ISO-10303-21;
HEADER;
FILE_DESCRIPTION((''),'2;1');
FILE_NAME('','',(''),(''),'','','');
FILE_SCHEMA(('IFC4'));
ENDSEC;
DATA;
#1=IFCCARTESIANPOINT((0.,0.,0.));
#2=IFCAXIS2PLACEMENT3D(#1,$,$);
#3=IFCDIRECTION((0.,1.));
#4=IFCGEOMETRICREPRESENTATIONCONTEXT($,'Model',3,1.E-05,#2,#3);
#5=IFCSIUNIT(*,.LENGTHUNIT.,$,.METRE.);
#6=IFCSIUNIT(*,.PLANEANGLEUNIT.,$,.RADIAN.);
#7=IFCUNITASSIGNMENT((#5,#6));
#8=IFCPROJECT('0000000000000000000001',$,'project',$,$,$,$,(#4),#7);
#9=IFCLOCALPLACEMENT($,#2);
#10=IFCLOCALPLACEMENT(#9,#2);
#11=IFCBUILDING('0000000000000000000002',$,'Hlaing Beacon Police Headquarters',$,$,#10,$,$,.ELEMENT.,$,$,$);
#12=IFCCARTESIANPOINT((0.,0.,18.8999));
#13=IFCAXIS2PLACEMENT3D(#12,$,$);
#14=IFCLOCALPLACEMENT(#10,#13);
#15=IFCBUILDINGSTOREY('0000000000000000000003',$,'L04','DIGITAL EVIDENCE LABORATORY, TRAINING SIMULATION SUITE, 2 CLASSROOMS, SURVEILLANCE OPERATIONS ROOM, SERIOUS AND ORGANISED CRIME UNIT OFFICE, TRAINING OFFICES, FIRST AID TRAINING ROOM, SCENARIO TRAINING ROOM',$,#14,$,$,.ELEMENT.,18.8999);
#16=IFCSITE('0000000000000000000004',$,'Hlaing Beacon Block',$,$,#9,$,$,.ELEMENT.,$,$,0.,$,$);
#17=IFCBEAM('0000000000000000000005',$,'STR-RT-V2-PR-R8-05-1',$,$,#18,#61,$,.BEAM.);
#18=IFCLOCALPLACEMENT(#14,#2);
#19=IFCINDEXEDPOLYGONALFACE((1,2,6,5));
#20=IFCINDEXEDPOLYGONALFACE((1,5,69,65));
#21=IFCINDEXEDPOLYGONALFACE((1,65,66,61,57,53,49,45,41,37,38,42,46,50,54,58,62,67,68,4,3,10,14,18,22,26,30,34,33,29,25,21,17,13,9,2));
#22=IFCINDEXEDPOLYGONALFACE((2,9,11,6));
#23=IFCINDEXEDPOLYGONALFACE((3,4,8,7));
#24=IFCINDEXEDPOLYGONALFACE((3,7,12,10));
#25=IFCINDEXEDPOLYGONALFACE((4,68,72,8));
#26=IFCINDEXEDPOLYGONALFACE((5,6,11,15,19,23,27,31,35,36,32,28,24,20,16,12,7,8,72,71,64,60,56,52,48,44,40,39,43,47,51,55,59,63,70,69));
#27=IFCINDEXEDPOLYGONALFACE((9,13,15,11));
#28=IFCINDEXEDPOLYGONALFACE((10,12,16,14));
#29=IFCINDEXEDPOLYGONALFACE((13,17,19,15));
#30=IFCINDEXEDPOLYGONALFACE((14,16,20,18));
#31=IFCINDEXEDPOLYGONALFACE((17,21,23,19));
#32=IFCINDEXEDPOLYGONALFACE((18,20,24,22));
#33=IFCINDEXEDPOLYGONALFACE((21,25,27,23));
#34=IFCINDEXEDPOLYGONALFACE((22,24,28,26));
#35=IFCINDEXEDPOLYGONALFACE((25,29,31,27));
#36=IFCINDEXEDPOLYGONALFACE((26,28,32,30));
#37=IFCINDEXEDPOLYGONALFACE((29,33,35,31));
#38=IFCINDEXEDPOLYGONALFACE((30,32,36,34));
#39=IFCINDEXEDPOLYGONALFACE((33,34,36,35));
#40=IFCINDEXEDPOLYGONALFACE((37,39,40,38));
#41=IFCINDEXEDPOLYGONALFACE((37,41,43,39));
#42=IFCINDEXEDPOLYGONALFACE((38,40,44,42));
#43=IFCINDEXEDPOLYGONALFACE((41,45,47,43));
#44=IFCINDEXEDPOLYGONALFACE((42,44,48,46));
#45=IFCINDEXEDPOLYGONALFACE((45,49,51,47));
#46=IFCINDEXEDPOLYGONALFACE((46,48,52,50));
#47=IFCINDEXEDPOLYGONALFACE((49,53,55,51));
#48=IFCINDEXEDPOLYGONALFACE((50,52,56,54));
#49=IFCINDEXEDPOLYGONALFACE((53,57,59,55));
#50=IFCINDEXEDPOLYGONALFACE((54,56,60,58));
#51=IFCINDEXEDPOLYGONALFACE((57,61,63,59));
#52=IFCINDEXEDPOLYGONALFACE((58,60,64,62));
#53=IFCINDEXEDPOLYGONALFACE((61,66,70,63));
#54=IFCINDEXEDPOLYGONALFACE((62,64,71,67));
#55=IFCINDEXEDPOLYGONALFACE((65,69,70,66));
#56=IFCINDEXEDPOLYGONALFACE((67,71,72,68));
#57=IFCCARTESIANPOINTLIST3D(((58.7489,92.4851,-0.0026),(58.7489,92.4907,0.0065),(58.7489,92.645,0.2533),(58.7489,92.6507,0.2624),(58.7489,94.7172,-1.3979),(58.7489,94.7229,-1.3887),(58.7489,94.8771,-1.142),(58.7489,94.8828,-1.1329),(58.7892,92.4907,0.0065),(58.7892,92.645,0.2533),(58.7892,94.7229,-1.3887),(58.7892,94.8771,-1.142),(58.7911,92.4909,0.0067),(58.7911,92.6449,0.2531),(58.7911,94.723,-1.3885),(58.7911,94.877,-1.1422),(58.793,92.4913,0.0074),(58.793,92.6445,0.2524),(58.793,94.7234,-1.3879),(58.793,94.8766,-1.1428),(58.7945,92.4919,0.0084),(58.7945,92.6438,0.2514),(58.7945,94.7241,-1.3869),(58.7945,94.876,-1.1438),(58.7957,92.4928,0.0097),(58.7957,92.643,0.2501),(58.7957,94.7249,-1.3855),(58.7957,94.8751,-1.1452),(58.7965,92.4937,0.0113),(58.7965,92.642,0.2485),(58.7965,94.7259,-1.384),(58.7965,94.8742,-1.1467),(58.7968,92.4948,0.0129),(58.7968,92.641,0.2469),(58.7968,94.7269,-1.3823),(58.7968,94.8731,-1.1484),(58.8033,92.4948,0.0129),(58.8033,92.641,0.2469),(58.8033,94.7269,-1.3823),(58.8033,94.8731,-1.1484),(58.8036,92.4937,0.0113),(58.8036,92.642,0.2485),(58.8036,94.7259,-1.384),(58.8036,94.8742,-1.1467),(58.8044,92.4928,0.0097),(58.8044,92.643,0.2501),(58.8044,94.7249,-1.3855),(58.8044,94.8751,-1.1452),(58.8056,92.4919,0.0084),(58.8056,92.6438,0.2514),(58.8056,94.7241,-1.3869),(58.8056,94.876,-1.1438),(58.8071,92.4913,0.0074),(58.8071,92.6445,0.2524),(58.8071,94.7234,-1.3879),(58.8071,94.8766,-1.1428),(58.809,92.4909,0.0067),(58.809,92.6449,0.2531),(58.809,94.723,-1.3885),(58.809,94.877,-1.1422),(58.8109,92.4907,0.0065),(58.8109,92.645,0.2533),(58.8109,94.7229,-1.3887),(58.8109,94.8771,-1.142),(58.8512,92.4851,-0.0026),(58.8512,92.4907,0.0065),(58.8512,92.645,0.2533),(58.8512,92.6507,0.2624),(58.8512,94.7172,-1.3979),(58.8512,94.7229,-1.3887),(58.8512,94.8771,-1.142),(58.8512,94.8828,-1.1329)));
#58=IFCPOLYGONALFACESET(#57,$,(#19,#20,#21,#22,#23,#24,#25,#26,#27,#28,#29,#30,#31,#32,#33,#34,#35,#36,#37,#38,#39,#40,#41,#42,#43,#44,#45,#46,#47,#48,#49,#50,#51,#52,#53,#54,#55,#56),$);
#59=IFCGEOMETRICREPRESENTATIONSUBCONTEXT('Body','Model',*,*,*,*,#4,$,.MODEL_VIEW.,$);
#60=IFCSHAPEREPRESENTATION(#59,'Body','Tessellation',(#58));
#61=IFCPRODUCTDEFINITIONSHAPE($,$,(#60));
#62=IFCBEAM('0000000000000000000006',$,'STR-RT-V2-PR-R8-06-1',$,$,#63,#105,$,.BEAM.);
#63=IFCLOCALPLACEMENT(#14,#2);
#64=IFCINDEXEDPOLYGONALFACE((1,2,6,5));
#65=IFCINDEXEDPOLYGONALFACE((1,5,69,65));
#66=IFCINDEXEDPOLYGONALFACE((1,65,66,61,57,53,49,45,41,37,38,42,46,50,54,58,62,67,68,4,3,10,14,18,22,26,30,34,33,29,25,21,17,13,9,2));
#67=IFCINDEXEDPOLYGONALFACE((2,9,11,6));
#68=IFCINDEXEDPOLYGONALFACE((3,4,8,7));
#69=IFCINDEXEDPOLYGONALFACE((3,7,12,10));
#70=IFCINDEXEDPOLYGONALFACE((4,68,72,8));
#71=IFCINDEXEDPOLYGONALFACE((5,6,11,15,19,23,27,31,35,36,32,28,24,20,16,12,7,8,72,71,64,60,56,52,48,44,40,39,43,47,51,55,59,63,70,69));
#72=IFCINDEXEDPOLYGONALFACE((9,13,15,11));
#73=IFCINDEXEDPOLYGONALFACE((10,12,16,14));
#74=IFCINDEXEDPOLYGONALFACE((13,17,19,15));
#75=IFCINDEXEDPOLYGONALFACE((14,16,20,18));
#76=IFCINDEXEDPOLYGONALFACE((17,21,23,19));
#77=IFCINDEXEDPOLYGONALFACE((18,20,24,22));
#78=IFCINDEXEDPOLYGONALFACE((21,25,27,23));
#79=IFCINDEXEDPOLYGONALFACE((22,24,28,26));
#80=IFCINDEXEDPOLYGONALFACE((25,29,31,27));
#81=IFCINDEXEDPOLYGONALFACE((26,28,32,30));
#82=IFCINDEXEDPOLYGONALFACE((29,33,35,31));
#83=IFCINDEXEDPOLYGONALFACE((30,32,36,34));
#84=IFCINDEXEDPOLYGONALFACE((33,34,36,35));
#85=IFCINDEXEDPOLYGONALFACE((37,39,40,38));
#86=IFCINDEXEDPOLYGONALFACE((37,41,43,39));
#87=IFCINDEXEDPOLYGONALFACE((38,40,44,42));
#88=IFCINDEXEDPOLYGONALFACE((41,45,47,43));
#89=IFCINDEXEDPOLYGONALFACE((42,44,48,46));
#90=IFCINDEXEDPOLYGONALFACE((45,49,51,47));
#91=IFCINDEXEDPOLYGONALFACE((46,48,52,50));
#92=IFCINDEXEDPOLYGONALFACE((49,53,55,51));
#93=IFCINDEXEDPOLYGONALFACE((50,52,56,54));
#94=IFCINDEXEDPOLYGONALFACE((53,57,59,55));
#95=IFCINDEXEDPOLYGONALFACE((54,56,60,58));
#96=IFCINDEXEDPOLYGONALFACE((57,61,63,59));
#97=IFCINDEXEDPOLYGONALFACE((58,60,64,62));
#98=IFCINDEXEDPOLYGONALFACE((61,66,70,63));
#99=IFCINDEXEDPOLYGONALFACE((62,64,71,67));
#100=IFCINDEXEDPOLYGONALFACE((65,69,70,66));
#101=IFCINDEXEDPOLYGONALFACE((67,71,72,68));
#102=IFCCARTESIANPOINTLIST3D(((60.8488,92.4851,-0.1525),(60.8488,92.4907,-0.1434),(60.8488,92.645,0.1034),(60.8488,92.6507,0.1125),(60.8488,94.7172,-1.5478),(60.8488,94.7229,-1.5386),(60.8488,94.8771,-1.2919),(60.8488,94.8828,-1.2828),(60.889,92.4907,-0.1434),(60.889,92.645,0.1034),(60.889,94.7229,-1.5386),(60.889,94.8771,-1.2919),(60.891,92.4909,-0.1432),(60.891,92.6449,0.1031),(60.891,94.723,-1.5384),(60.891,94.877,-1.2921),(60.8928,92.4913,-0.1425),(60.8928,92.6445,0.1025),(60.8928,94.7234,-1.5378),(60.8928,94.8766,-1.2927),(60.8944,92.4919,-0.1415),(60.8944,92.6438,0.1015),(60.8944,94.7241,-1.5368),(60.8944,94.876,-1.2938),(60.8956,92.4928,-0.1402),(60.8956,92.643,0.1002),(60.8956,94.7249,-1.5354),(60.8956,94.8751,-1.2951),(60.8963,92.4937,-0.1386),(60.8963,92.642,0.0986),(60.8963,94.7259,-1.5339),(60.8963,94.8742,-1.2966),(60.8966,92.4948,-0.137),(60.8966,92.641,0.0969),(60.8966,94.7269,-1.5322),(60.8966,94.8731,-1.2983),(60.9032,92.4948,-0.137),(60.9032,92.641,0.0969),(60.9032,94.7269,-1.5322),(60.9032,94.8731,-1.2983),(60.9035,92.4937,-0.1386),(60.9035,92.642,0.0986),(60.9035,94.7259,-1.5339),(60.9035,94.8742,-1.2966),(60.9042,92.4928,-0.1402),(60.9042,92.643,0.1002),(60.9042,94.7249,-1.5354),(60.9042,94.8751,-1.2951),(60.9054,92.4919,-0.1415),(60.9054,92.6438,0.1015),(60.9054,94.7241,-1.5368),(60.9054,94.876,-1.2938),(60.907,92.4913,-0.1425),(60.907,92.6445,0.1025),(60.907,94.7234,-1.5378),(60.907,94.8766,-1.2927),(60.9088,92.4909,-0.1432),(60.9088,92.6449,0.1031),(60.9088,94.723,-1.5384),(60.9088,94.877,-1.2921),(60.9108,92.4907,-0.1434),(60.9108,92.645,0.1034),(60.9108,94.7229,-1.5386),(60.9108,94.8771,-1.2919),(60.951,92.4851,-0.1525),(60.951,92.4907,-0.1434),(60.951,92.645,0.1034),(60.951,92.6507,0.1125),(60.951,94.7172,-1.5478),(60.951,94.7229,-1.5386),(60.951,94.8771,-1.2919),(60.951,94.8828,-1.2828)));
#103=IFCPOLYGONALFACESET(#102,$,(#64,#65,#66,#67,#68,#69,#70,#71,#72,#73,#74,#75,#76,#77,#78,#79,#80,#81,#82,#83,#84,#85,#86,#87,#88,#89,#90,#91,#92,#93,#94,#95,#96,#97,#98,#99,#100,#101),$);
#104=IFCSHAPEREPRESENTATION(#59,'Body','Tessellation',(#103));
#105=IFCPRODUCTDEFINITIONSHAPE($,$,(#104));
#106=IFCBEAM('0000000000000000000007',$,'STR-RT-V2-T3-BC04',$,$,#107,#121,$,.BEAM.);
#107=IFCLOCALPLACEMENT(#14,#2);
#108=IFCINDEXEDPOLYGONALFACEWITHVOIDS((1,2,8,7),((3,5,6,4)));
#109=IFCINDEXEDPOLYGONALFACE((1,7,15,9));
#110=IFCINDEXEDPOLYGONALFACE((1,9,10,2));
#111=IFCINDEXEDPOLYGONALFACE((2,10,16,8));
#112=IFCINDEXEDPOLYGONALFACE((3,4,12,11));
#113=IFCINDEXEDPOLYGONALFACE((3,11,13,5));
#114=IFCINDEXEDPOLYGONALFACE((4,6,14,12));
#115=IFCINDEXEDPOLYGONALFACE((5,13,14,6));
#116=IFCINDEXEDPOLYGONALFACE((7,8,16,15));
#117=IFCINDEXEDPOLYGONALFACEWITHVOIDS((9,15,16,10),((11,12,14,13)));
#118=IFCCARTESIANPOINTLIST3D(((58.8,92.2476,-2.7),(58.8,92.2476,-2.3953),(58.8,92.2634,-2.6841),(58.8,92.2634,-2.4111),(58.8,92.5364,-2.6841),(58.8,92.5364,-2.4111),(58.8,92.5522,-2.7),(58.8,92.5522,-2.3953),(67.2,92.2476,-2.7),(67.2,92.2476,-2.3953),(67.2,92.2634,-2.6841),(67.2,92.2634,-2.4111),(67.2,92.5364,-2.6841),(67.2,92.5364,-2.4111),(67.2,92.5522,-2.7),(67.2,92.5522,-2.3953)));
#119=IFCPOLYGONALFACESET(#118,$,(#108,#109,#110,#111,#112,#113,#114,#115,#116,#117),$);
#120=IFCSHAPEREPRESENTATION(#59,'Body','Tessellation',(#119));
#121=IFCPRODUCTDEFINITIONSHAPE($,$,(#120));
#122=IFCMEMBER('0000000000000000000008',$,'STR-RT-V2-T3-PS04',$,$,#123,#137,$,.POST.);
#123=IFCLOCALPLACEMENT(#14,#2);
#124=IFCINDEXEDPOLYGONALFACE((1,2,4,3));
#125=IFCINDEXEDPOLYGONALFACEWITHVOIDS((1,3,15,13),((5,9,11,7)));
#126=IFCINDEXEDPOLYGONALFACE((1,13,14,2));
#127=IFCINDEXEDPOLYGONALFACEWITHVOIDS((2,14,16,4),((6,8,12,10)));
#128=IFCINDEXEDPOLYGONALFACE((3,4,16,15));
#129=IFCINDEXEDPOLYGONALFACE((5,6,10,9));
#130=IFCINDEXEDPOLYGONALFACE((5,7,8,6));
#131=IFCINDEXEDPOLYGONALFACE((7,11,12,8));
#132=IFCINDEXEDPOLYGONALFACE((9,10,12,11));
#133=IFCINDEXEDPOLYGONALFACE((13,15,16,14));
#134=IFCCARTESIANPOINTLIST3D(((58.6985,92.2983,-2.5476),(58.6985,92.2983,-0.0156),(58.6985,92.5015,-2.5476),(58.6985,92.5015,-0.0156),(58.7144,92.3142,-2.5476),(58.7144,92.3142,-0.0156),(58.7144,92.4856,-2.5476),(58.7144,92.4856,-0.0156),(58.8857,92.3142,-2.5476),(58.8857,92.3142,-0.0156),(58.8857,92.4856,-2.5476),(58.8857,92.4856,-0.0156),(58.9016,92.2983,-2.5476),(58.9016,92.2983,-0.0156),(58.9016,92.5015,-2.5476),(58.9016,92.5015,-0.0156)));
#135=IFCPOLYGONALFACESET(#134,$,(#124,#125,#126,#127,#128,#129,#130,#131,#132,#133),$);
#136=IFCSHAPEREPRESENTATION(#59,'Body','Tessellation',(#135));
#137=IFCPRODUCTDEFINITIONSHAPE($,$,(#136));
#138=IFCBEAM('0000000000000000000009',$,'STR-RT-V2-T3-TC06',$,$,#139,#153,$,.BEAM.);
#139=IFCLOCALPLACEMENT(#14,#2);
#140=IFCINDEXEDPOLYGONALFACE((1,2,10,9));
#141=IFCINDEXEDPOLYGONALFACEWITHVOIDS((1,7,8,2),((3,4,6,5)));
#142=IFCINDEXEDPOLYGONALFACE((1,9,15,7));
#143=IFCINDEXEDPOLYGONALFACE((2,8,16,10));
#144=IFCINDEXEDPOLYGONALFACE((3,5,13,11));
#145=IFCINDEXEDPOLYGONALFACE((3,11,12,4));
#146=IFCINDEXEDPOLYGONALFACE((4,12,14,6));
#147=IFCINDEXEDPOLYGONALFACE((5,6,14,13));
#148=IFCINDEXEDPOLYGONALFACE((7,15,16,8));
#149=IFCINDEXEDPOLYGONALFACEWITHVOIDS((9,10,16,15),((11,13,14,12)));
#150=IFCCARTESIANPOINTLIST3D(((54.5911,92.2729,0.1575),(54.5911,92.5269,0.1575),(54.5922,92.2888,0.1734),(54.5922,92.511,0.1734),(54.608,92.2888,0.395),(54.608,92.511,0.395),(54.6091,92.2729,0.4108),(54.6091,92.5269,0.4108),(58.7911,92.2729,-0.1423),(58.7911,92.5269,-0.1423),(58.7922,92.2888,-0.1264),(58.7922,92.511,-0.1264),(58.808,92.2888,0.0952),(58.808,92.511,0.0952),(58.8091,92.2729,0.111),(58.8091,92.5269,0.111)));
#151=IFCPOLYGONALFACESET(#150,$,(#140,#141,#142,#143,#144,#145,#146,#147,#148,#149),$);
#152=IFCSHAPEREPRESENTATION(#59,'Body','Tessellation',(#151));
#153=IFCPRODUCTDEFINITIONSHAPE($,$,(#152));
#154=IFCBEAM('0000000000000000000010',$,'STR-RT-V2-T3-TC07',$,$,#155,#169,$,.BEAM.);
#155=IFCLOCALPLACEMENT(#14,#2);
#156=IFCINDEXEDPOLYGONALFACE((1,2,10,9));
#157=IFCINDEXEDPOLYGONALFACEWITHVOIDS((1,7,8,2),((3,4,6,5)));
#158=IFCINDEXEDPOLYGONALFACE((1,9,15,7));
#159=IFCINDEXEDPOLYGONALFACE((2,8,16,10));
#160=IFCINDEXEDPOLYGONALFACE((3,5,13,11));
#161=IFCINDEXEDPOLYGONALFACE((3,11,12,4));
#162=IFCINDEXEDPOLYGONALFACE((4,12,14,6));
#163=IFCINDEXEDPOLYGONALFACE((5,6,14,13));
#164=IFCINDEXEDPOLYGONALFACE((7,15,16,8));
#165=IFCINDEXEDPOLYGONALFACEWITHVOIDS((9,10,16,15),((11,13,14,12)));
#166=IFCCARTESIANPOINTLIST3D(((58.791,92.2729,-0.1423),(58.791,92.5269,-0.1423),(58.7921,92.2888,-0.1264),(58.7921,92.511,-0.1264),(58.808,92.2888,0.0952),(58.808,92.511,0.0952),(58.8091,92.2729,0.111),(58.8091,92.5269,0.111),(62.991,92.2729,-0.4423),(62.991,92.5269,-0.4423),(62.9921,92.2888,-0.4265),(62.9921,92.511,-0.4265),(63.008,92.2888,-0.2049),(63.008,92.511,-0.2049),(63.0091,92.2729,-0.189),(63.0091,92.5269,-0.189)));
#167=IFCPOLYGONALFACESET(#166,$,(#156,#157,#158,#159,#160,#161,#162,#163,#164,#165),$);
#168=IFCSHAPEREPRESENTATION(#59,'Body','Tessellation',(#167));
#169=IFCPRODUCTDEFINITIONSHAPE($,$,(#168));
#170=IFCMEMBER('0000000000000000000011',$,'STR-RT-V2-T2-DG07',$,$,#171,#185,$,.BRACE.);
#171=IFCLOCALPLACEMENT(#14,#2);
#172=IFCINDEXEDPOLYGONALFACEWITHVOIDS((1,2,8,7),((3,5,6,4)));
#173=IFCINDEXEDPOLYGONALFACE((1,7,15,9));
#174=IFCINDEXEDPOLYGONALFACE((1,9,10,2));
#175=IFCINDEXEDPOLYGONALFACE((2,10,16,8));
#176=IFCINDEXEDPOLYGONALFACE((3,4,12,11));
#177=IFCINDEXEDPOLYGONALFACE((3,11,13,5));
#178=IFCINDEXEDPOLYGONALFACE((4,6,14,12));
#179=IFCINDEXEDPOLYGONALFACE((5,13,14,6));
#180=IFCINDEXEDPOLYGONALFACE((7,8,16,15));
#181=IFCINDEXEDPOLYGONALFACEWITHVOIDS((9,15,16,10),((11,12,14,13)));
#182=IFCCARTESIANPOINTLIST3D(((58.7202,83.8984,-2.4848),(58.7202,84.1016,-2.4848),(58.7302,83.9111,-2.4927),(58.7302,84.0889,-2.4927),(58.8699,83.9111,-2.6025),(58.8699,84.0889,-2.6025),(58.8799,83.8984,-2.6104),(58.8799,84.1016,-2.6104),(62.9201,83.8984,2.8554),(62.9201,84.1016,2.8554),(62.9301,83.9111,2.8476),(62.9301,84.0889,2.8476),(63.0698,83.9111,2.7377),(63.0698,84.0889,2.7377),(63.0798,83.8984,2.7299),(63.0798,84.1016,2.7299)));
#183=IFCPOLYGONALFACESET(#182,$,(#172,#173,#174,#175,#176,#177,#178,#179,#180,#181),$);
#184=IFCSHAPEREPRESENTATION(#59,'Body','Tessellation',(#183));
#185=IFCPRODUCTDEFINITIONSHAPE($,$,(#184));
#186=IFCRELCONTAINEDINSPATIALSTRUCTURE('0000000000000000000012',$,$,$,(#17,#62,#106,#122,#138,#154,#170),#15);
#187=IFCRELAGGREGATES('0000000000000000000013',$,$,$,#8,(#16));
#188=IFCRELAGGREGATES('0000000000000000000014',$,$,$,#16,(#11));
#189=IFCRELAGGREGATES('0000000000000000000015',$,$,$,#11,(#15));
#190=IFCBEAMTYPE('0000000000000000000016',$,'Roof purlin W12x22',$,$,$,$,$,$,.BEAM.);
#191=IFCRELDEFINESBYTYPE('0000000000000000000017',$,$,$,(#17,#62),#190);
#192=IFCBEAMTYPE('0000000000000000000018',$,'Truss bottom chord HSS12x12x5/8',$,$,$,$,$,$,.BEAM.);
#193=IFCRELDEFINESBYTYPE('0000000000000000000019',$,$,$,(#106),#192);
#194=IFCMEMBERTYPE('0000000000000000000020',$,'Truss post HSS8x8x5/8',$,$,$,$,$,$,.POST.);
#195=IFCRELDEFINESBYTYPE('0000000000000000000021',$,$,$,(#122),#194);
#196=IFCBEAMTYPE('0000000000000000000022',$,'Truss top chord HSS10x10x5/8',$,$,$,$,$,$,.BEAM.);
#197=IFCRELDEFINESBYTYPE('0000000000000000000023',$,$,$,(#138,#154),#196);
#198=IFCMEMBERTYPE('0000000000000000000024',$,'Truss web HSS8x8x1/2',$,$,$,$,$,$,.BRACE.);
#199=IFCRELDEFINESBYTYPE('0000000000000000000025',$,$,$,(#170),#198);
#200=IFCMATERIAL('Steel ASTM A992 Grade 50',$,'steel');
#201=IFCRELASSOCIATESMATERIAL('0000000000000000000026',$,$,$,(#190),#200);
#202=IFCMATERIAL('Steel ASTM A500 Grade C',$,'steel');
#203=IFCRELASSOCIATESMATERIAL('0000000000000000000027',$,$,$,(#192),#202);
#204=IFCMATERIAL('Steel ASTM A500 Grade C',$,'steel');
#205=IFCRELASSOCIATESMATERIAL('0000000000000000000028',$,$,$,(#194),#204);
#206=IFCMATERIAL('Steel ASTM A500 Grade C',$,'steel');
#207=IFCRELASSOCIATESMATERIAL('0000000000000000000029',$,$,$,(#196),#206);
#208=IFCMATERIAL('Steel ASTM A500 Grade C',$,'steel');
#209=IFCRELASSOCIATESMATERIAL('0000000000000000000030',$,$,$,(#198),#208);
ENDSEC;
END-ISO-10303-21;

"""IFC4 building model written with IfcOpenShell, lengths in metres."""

from ifc_helpers import new_model, si_unit, direction, frame, origin, origin_2d, place, context, subcontext, project, spatial, hollow_rectangle, i_section, extrude, material, material_profile, profile_set, type_object, element, save


model = new_model("IFC4")

# Units and contexts
model_context = context("Model", 3, precision=1e-05, world=origin(), true_north=direction((0.0, 1.0)))
body_context = subcontext(model_context, "Body", "Model", "MODEL_VIEW")
ifc_project = project(units=[si_unit("LENGTHUNIT", "METRE"), si_unit("PLANEANGLEUNIT", "RADIAN")], contexts=[model_context])

# Site, building, storey
site_placement = place(None, origin())
site = spatial("IfcSite", under=ifc_project, at=site_placement, Name="Hlaing Beacon Block", CompositionType="ELEMENT", RefElevation=0.0)
building_placement = place(site_placement, origin())
building = spatial("IfcBuilding", under=site, at=building_placement, Name="Hlaing Beacon Police Headquarters", CompositionType="ELEMENT")
storey_placement = place(building_placement, frame((0.0, 0.0, 18.8999)))
storey = spatial("IfcBuildingStorey", under=building, at=storey_placement, Name="L04", Description="DIGITAL EVIDENCE LABORATORY, TRAINING SIMULATION SUITE, 2 CLASSROOMS, SURVEILLANCE OPERATIONS ROOM, SERIOUS AND ORGANISED CRIME UNIT OFFICE, TRAINING OFFICES, FIRST AID TRAINING ROOM, SCENARIO TRAINING ROOM", CompositionType="ELEMENT", Elevation=18.8999)

# Beams
ifc_material_1 = material(Name="Steel ASTM A992 Grade 50", Category="steel")
ifc_material_profile_1 = material_profile(ifc_material_1, i_section(OverallWidth=0.1023, OverallDepth=0.3125, WebThickness=0.0066, FlangeThickness=0.0107, FilletRadius=0.0076, at=origin_2d()), Name="W12x22")
ifc_profile_set_1 = profile_set([ifc_material_profile_1], Name="Steel ASTM A992 Grade 50")
beam_type_1 = type_object("IfcBeamType", Name="Roof purlin W12x22", PredefinedType="BEAM", material=ifc_profile_set_1)
for number, where, z_axis, x_axis, name in (
    (1, (58.8, 92.5679, 0.1299), (0.0, 0.847972, -0.530041), (-1.0, 0.0, 0.0), "STR-RT-V2-PR-R8-05-1"),
    (2, (60.8999, 92.5679, -0.02), (0.0, 0.847972, -0.530041), (-1.0, 0.0, 0.0), "STR-RT-V2-PR-R8-06-1"),
):
    element("IfcBeam", number, at=place(storey_placement, frame(where, z_axis=z_axis, x_axis=x_axis)), inside=storey, type_object=beam_type_1, Name=name, PredefinedType="BEAM", context=body_context, shape_type="SweptSolid", body=[
        extrude(i_section(OverallWidth=0.1023, OverallDepth=0.3125, WebThickness=0.0066, FlangeThickness=0.0107, FilletRadius=0.0076, at=origin_2d()), origin(), (0.0, 0.0, 1.0), 2.6323),
    ])
ifc_material_2 = material(Name="Steel ASTM A500 Grade C", Category="steel")
ifc_material_profile_2 = material_profile(ifc_material_2, hollow_rectangle(XDim=0.3047, YDim=0.3047, WallThickness=0.0159, at=origin_2d()), Name="HSS12x12x5/8")
ifc_profile_set_2 = profile_set([ifc_material_profile_2], Name="Steel ASTM A500 Grade C")
beam_type_2 = type_object("IfcBeamType", Name="Truss bottom chord HSS12x12x5/8", PredefinedType="BEAM", material=ifc_profile_set_2)
beam_1_placement = place(storey_placement, frame((58.8, 92.3999, -2.5476), z_axis=(1.0, 0.0, 0.0), x_axis=(0.0, 1.0, 0.0)))
element("IfcBeam", 3, at=beam_1_placement, inside=storey, type_object=beam_type_2, Name="STR-RT-V2-T3-BC04", PredefinedType="BEAM", context=body_context, shape_type="SweptSolid", body=[
    extrude(hollow_rectangle(XDim=0.3047, YDim=0.3047, WallThickness=0.0159, at=origin_2d()), origin(), (0.0, 0.0, 1.0), 8.3999),
])

# Member
ifc_material_3 = material(Name="Steel ASTM A500 Grade C", Category="steel")
ifc_material_profile_3 = material_profile(ifc_material_3, hollow_rectangle(XDim=0.2031, YDim=0.2031, WallThickness=0.0159, at=origin_2d()), Name="HSS8x8x5/8")
ifc_profile_set_3 = profile_set([ifc_material_profile_3], Name="Steel ASTM A500 Grade C")
member_type_1 = type_object("IfcMemberType", Name="Truss post HSS8x8x5/8", PredefinedType="POST", material=ifc_profile_set_3)
member_1_placement = place(storey_placement, frame((58.8, 92.3999, -2.5476), z_axis=(0.0, 0.0, 1.0), x_axis=(1.0, 0.0, 0.0)))
element("IfcMember", 4, at=member_1_placement, inside=storey, type_object=member_type_1, Name="STR-RT-V2-T3-PS04", PredefinedType="POST", context=body_context, shape_type="SweptSolid", body=[
    extrude(hollow_rectangle(XDim=0.2031, YDim=0.2031, WallThickness=0.0159, at=origin_2d()), origin(), (0.0, 0.0, 1.0), 2.532),
])

# Beams
ifc_material_4 = material(Name="Steel ASTM A500 Grade C", Category="steel")
ifc_material_profile_4 = material_profile(ifc_material_4, hollow_rectangle(XDim=0.2539, YDim=0.2539, WallThickness=0.0159, at=origin_2d()), Name="HSS10x10x5/8")
ifc_profile_set_4 = profile_set([ifc_material_profile_4], Name="Steel ASTM A500 Grade C")
beam_type_3 = type_object("IfcBeamType", Name="Truss top chord HSS10x10x5/8", PredefinedType="BEAM", material=ifc_profile_set_4)
for number, where, z_axis, x_axis, name in (
    (5, (54.6001, 92.3999, 0.2842), (0.997462, 0.0, -0.071202), (0.0, 1.0, 0.0), "STR-RT-V2-T3-TC06"),
    (6, (58.8, 92.3999, -0.0156), (0.997458, 0.0, -0.071259), (0.0, 1.0, 0.0), "STR-RT-V2-T3-TC07"),
):
    element("IfcBeam", number, at=place(storey_placement, frame(where, z_axis=z_axis, x_axis=x_axis)), inside=storey, type_object=beam_type_3, Name=name, PredefinedType="BEAM", context=body_context, shape_type="SweptSolid", body=[
        extrude(hollow_rectangle(XDim=0.2539, YDim=0.2539, WallThickness=0.0159, at=origin_2d()), origin(), (0.0, 0.0, 1.0), 4.2107),
    ])

# Member
ifc_material_5 = material(Name="Steel ASTM A500 Grade C", Category="steel")
ifc_material_profile_5 = material_profile(ifc_material_5, hollow_rectangle(XDim=0.2031, YDim=0.2031, WallThickness=0.0127, at=origin_2d()), Name="HSS8x8x1/2")
ifc_profile_set_5 = profile_set([ifc_material_profile_5], Name="Steel ASTM A500 Grade C")
member_type_2 = type_object("IfcMemberType", Name="Truss web HSS8x8x1/2", PredefinedType="BRACE", material=ifc_profile_set_5)
member_2_placement = place(storey_placement, frame((58.8, 84.0, -2.5476), z_axis=(0.618183, 0.0, 0.786034), x_axis=(0.0, 1.0, 0.0)))
element("IfcMember", 7, at=member_2_placement, inside=storey, type_object=member_type_2, Name="STR-RT-V2-T2-DG07", PredefinedType="BRACE", context=body_context, shape_type="SweptSolid", body=[
    extrude(hollow_rectangle(XDim=0.2031, YDim=0.2031, WallThickness=0.0127, at=origin_2d()), origin(), (0.0, 0.0, 1.0), 6.7939),
])

save(model, "model.ifc")
